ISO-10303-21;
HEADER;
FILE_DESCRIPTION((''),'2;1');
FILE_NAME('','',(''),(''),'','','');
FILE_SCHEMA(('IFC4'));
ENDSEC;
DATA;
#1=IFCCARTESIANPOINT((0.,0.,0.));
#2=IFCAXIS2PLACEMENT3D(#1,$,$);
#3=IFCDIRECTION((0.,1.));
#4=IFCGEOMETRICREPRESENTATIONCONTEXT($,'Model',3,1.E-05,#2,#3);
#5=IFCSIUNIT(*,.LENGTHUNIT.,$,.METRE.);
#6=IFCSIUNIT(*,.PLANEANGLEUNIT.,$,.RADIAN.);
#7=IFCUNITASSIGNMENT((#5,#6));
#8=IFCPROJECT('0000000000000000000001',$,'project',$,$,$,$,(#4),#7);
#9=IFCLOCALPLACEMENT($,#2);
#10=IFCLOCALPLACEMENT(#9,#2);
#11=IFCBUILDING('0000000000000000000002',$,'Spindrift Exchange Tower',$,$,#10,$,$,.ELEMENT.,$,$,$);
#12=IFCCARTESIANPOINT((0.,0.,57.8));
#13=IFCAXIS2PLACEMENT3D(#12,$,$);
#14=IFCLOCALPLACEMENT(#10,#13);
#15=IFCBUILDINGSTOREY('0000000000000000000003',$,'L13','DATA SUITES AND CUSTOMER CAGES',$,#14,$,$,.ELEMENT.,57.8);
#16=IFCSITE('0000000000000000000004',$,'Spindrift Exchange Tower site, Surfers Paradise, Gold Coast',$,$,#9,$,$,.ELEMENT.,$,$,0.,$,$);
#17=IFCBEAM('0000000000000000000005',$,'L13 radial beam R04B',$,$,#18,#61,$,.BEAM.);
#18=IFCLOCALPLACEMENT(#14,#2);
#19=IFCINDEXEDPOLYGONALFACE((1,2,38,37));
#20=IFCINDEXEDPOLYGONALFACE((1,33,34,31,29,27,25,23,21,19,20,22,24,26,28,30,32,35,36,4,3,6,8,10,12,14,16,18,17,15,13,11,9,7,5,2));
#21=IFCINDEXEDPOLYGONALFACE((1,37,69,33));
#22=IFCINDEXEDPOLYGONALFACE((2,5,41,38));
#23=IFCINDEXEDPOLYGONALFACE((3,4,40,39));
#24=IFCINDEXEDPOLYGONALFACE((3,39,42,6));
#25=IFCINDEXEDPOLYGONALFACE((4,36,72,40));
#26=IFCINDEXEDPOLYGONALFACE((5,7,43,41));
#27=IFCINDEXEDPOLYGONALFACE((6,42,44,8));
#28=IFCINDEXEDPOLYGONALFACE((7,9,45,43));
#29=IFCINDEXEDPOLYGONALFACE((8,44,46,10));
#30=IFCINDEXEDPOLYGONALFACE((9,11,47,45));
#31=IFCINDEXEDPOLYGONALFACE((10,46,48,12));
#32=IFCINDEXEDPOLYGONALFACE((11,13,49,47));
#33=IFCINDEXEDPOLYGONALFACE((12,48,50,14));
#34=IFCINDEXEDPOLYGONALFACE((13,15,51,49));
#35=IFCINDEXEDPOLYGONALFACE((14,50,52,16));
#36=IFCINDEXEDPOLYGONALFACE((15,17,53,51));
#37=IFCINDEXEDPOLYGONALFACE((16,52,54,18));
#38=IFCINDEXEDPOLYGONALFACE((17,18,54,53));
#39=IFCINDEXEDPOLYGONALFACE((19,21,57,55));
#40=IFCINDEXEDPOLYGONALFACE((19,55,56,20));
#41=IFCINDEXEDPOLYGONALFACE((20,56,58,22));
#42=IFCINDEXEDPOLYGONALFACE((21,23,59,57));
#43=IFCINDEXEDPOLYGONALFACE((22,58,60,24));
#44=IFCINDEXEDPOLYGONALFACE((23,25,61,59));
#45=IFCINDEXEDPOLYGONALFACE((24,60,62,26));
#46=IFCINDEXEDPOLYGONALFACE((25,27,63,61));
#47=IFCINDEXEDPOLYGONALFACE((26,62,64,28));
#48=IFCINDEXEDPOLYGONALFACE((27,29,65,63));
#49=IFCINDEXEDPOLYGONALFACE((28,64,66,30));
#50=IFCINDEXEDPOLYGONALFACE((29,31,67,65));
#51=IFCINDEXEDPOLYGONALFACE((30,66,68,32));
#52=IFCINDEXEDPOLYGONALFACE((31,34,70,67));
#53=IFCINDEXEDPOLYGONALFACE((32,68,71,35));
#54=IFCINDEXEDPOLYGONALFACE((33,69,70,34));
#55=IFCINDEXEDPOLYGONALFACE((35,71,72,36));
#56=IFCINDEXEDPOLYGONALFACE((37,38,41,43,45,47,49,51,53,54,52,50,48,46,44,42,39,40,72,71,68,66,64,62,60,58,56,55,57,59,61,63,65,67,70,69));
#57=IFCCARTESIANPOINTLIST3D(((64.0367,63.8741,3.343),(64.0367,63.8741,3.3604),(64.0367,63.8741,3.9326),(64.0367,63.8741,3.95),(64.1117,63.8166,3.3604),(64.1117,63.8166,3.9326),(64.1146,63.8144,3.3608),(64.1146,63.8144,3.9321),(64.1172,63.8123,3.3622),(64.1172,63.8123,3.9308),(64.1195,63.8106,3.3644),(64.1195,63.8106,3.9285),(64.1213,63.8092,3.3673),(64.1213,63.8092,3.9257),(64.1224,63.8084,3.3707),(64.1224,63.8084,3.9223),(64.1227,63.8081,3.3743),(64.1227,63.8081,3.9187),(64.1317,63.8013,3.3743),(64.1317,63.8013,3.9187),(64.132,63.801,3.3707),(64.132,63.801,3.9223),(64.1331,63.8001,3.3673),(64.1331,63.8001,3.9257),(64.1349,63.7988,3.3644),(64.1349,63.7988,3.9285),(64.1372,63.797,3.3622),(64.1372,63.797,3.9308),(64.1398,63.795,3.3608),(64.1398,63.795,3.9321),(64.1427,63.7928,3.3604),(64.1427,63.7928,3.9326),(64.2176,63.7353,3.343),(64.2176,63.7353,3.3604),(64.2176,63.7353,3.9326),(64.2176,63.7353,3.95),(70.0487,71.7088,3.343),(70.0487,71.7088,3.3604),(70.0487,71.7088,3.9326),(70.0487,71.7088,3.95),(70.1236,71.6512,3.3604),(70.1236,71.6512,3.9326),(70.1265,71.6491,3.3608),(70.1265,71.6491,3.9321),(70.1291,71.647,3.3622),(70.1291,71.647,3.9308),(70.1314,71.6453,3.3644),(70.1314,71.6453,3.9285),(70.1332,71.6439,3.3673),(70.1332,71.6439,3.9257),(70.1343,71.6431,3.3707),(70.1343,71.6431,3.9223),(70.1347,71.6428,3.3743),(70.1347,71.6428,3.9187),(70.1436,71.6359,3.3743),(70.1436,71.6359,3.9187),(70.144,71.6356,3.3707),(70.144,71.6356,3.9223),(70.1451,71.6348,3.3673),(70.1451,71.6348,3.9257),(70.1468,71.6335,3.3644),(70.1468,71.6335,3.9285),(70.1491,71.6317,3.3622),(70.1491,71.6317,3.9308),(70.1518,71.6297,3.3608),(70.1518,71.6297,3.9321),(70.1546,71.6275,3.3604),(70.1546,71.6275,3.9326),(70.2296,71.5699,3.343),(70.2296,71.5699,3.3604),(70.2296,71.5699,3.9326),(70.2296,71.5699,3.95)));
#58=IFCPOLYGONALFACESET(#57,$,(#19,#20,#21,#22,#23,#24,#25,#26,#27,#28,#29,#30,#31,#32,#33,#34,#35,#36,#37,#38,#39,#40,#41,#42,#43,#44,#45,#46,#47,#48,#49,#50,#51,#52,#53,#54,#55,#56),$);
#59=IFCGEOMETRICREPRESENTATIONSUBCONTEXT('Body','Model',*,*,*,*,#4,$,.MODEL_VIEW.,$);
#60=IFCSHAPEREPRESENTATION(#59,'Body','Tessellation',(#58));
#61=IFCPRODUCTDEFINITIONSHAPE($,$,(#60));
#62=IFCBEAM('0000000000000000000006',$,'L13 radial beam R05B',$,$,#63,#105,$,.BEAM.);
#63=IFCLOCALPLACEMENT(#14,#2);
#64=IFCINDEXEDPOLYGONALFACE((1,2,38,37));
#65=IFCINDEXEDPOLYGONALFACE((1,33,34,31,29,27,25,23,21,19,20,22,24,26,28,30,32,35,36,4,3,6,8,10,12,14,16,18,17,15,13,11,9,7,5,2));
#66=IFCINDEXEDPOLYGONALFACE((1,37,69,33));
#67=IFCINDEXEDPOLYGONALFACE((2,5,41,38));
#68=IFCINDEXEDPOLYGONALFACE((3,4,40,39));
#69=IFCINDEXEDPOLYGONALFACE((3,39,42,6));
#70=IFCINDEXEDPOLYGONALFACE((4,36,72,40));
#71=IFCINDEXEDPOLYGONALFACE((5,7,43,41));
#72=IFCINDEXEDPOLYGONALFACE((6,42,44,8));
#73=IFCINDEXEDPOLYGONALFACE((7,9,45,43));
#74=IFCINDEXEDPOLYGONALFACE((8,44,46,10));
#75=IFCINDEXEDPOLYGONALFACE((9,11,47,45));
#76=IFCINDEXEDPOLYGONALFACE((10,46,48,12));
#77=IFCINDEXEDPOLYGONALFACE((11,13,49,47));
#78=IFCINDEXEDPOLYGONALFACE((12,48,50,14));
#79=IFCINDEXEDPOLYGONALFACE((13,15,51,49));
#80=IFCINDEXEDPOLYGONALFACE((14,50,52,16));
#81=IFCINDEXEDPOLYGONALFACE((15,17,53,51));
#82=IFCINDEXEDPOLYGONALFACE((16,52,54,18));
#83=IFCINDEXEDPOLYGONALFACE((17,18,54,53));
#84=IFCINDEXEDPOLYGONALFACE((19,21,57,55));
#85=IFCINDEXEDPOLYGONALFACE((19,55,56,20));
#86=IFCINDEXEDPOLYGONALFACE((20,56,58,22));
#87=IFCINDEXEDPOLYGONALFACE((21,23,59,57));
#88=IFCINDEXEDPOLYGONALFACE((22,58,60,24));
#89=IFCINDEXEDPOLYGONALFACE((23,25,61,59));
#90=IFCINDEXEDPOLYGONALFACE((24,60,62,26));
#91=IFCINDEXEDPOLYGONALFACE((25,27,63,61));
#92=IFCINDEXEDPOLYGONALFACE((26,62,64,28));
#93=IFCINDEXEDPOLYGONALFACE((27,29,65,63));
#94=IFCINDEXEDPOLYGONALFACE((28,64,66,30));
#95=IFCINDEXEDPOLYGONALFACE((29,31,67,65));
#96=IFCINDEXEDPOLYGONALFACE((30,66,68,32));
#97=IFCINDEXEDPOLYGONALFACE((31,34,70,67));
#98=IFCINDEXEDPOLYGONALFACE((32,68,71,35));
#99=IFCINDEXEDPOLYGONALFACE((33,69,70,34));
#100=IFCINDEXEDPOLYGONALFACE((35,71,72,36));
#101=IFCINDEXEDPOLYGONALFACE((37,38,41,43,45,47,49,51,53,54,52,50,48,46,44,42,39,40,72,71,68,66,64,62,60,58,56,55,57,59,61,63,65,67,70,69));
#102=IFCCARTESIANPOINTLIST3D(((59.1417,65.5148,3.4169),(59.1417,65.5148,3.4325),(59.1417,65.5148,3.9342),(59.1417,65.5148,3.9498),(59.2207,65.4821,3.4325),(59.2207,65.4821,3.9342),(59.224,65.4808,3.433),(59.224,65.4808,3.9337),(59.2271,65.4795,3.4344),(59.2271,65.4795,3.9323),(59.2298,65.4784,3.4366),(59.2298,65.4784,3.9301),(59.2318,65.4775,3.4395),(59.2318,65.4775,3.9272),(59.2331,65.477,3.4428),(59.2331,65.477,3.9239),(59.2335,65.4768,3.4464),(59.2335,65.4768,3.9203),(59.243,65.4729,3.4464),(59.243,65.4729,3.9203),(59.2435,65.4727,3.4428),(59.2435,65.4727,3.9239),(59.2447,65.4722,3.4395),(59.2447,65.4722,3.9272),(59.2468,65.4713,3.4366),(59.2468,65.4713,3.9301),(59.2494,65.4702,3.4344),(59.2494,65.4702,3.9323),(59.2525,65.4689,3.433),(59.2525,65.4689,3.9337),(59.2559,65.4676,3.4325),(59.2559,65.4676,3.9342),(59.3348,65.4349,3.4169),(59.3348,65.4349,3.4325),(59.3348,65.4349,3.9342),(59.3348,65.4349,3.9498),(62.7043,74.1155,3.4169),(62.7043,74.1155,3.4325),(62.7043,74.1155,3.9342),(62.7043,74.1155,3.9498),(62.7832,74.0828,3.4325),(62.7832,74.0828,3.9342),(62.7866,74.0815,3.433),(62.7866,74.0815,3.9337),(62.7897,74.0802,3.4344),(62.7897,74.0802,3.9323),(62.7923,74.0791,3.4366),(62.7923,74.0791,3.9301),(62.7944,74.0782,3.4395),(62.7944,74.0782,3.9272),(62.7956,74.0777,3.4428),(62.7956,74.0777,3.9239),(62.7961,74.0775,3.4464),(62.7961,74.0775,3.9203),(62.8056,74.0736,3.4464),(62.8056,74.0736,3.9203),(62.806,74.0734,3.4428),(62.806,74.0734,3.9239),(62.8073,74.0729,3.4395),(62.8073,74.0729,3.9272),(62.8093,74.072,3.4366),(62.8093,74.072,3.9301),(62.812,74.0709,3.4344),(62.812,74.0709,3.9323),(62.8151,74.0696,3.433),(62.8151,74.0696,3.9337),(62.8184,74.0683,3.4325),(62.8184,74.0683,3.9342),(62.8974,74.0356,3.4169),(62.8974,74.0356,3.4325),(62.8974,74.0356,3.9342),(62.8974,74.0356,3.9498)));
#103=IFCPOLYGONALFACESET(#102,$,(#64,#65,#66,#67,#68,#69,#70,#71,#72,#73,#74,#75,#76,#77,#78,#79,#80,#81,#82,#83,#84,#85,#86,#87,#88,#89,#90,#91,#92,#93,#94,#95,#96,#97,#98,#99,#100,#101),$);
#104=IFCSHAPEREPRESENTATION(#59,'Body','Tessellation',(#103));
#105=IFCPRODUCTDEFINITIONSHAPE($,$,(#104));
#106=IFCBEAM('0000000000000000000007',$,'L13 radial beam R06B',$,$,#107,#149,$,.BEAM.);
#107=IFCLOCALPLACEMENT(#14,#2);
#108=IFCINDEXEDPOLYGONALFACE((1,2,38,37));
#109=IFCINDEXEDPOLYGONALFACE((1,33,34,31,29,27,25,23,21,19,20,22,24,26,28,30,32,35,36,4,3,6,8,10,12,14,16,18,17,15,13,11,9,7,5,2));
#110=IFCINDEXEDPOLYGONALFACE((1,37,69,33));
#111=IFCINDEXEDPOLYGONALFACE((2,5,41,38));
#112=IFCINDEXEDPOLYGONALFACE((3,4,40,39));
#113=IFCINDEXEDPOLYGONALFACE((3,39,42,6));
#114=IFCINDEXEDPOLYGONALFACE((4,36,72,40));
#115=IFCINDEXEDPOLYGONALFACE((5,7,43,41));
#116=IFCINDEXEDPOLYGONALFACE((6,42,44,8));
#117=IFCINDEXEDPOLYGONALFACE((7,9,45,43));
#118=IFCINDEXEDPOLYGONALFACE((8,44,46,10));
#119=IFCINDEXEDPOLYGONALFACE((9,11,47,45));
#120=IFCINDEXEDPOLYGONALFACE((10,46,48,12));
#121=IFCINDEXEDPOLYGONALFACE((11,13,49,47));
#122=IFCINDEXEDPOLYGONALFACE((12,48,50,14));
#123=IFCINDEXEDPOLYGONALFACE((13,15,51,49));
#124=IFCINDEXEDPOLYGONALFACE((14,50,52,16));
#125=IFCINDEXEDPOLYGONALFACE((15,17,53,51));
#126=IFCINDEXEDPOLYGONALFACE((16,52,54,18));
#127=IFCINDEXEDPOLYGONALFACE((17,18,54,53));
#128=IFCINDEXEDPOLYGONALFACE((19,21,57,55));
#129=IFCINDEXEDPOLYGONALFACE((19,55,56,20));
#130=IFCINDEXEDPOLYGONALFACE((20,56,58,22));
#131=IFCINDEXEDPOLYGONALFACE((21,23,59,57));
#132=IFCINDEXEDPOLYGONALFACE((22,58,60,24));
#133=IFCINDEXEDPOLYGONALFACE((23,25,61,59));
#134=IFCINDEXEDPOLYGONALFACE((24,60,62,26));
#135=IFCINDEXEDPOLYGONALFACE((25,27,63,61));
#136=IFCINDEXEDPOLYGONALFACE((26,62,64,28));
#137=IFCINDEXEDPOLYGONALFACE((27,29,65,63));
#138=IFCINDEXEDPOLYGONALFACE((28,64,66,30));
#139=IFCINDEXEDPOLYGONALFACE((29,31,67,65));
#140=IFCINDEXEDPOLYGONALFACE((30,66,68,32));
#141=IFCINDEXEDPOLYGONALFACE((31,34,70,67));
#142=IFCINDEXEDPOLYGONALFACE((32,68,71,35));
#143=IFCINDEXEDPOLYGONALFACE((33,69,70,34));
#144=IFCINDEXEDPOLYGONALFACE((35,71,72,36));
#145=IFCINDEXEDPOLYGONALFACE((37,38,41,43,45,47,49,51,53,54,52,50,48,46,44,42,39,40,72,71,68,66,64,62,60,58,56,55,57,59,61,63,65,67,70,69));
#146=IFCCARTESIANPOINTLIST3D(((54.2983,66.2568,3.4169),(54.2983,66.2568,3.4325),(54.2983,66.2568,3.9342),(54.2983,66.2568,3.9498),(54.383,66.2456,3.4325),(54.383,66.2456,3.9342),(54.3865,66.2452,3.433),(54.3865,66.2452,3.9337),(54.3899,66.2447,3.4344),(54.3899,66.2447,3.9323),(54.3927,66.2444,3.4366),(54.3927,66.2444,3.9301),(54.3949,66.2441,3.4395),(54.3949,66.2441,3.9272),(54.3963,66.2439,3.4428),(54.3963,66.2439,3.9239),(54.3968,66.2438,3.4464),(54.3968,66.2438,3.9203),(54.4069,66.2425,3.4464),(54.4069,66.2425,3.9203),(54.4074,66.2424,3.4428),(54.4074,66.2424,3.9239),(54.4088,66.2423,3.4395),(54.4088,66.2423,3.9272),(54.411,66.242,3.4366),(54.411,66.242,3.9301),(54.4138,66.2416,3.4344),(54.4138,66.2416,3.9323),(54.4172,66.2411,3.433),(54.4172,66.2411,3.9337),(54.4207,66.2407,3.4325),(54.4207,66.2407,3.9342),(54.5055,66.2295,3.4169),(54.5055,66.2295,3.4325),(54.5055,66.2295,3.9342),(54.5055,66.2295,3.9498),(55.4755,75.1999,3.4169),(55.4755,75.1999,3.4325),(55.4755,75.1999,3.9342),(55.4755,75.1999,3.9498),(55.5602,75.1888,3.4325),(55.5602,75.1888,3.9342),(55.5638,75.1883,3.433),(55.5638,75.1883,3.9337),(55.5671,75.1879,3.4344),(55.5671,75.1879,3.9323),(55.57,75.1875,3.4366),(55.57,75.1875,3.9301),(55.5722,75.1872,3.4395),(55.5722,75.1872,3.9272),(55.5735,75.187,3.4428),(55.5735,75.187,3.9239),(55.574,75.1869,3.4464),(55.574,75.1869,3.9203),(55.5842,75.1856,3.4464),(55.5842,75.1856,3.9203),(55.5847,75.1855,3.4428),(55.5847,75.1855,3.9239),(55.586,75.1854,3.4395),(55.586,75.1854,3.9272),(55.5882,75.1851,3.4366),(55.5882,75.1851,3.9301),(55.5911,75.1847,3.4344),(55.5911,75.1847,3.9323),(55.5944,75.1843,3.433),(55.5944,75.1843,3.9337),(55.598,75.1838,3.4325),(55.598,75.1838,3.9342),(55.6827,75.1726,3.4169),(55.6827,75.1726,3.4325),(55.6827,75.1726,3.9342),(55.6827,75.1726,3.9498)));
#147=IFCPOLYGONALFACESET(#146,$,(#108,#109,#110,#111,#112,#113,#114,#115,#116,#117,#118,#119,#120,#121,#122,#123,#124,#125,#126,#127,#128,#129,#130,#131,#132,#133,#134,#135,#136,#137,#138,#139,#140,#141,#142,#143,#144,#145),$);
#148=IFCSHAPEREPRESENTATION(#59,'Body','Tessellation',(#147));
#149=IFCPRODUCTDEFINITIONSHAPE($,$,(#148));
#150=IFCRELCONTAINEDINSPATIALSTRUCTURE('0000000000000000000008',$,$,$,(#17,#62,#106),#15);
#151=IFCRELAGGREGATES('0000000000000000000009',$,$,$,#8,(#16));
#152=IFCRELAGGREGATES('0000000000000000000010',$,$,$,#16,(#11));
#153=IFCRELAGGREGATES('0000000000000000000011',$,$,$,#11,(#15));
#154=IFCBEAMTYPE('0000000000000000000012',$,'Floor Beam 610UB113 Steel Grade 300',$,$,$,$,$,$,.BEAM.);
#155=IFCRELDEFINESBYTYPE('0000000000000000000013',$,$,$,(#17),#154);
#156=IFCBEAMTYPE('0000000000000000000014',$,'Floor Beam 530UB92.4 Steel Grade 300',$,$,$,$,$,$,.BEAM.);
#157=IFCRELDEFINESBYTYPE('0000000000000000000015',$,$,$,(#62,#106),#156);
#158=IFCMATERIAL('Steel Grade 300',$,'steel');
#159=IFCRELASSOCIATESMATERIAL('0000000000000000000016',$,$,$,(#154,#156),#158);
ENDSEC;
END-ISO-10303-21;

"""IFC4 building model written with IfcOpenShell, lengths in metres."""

from ifc_helpers import new_model, si_unit, direction, frame, origin, origin_2d, place, context, subcontext, project, spatial, i_section, extrude, source, transform, mapped, material, material_profile, profile_set, type_object, element, save


model = new_model("IFC4")

# Units and contexts
model_context = context("Model", 3, precision=1e-05, world=origin(), true_north=direction((0.0, 1.0)))
body_context = subcontext(model_context, "Body", "Model", "MODEL_VIEW")
ifc_project = project(units=[si_unit("LENGTHUNIT", "METRE"), si_unit("PLANEANGLEUNIT", "RADIAN")], contexts=[model_context])

# Site, building, storey
site_placement = place(None, origin())
site = spatial("IfcSite", under=ifc_project, at=site_placement, Name="Spindrift Exchange Tower site, Surfers Paradise, Gold Coast", CompositionType="ELEMENT", RefElevation=0.0)
building_placement = place(site_placement, origin())
building = spatial("IfcBuilding", under=site, at=building_placement, Name="Spindrift Exchange Tower", CompositionType="ELEMENT")
storey_placement = place(building_placement, frame((0.0, 0.0, 57.8)))
storey = spatial("IfcBuildingStorey", under=building, at=storey_placement, Name="L13", Description="DATA SUITES AND CUSTOMER CAGES", CompositionType="ELEMENT", Elevation=57.8)

# Beams
ifc_material_1 = material(Name="Steel Grade 300", Category="steel")
ifc_material_profile_1 = material_profile(ifc_material_1, i_section(OverallWidth=0.228, OverallDepth=0.6069, WebThickness=0.0112, FlangeThickness=0.0173, FilletRadius=0.0139, at=origin_2d()), Name="610UB113")
ifc_profile_set_1 = profile_set([ifc_material_profile_1], Name="Steel Grade 300")
beam_type_1 = type_object("IfcBeamType", Name="Floor Beam 610UB113 Steel Grade 300", PredefinedType="BEAM", material=ifc_profile_set_1)
shared_shape_1 = source(origin(), body_context, "Body", "SweptSolid", [
    extrude(i_section(OverallWidth=0.228, OverallDepth=0.6069, WebThickness=0.0112, FlangeThickness=0.0173, FilletRadius=0.0139, at=origin_2d()), origin(), (0.0, 0.0, 1.0), 9.8755),
])
beam_1_placement = place(storey_placement, frame((64.1272, 63.8047, 3.6465), z_axis=(0.608772, 0.793345, 0.0), x_axis=(-0.793345, 0.608772, 0.0)))
element("IfcBeam", 1, at=beam_1_placement, inside=storey, type_object=beam_type_1, Name="L13 radial beam R04B", PredefinedType="BEAM", context=body_context, shape_type="MappedRepresentation", body=[
    mapped(shared_shape_1, transform((0.0, 0.0, 0.0), scale=1.0)),
])
ifc_material_profile_2 = material_profile(ifc_material_1, i_section(OverallWidth=0.209, OverallDepth=0.533, WebThickness=0.0103, FlangeThickness=0.0156, FilletRadius=0.0139, at=origin_2d()), Name="530UB92.4")
ifc_profile_set_2 = profile_set([ifc_material_profile_2], Name="Steel Grade 300")
beam_type_2 = type_object("IfcBeamType", Name="Floor Beam 530UB92.4 Steel Grade 300", PredefinedType="BEAM", material=ifc_profile_set_2)
shared_shape_2 = source(origin(), body_context, "Body", "SweptSolid", [
    extrude(i_section(OverallWidth=0.209, OverallDepth=0.533, WebThickness=0.0103, FlangeThickness=0.0156, FilletRadius=0.0139, at=origin_2d()), origin(), (0.0, 0.0, 1.0), 9.3093),
])
beam_2_placement = place(storey_placement, frame((59.2383, 65.4749, 3.6833), z_axis=(0.382685, 0.923879, 0.0), x_axis=(-0.923879, 0.382685, 0.0)))
element("IfcBeam", 2, at=beam_2_placement, inside=storey, type_object=beam_type_2, Name="L13 radial beam R05B", PredefinedType="BEAM", context=body_context, shape_type="MappedRepresentation", body=[
    mapped(shared_shape_2, transform((0.0, 0.0, 0.0), scale=1.0)),
])
shared_shape_3 = source(origin(), body_context, "Body", "SweptSolid", [
    extrude(i_section(OverallWidth=0.209, OverallDepth=0.533, WebThickness=0.0103, FlangeThickness=0.0156, FilletRadius=0.0139, at=origin_2d()), origin(), (0.0, 0.0, 1.0), 9.0203),
])
beam_3_placement = place(storey_placement, frame((54.4019, 66.2432, 3.6833), z_axis=(0.130511, 0.991447, 0.0), x_axis=(-0.991447, 0.130511, 0.0)))
element("IfcBeam", 3, at=beam_3_placement, inside=storey, type_object=beam_type_2, Name="L13 radial beam R06B", PredefinedType="BEAM", context=body_context, shape_type="MappedRepresentation", body=[
    mapped(shared_shape_3, transform((0.0, 0.0, 0.0), scale=1.0)),
])

save(model, "model.ifc")
